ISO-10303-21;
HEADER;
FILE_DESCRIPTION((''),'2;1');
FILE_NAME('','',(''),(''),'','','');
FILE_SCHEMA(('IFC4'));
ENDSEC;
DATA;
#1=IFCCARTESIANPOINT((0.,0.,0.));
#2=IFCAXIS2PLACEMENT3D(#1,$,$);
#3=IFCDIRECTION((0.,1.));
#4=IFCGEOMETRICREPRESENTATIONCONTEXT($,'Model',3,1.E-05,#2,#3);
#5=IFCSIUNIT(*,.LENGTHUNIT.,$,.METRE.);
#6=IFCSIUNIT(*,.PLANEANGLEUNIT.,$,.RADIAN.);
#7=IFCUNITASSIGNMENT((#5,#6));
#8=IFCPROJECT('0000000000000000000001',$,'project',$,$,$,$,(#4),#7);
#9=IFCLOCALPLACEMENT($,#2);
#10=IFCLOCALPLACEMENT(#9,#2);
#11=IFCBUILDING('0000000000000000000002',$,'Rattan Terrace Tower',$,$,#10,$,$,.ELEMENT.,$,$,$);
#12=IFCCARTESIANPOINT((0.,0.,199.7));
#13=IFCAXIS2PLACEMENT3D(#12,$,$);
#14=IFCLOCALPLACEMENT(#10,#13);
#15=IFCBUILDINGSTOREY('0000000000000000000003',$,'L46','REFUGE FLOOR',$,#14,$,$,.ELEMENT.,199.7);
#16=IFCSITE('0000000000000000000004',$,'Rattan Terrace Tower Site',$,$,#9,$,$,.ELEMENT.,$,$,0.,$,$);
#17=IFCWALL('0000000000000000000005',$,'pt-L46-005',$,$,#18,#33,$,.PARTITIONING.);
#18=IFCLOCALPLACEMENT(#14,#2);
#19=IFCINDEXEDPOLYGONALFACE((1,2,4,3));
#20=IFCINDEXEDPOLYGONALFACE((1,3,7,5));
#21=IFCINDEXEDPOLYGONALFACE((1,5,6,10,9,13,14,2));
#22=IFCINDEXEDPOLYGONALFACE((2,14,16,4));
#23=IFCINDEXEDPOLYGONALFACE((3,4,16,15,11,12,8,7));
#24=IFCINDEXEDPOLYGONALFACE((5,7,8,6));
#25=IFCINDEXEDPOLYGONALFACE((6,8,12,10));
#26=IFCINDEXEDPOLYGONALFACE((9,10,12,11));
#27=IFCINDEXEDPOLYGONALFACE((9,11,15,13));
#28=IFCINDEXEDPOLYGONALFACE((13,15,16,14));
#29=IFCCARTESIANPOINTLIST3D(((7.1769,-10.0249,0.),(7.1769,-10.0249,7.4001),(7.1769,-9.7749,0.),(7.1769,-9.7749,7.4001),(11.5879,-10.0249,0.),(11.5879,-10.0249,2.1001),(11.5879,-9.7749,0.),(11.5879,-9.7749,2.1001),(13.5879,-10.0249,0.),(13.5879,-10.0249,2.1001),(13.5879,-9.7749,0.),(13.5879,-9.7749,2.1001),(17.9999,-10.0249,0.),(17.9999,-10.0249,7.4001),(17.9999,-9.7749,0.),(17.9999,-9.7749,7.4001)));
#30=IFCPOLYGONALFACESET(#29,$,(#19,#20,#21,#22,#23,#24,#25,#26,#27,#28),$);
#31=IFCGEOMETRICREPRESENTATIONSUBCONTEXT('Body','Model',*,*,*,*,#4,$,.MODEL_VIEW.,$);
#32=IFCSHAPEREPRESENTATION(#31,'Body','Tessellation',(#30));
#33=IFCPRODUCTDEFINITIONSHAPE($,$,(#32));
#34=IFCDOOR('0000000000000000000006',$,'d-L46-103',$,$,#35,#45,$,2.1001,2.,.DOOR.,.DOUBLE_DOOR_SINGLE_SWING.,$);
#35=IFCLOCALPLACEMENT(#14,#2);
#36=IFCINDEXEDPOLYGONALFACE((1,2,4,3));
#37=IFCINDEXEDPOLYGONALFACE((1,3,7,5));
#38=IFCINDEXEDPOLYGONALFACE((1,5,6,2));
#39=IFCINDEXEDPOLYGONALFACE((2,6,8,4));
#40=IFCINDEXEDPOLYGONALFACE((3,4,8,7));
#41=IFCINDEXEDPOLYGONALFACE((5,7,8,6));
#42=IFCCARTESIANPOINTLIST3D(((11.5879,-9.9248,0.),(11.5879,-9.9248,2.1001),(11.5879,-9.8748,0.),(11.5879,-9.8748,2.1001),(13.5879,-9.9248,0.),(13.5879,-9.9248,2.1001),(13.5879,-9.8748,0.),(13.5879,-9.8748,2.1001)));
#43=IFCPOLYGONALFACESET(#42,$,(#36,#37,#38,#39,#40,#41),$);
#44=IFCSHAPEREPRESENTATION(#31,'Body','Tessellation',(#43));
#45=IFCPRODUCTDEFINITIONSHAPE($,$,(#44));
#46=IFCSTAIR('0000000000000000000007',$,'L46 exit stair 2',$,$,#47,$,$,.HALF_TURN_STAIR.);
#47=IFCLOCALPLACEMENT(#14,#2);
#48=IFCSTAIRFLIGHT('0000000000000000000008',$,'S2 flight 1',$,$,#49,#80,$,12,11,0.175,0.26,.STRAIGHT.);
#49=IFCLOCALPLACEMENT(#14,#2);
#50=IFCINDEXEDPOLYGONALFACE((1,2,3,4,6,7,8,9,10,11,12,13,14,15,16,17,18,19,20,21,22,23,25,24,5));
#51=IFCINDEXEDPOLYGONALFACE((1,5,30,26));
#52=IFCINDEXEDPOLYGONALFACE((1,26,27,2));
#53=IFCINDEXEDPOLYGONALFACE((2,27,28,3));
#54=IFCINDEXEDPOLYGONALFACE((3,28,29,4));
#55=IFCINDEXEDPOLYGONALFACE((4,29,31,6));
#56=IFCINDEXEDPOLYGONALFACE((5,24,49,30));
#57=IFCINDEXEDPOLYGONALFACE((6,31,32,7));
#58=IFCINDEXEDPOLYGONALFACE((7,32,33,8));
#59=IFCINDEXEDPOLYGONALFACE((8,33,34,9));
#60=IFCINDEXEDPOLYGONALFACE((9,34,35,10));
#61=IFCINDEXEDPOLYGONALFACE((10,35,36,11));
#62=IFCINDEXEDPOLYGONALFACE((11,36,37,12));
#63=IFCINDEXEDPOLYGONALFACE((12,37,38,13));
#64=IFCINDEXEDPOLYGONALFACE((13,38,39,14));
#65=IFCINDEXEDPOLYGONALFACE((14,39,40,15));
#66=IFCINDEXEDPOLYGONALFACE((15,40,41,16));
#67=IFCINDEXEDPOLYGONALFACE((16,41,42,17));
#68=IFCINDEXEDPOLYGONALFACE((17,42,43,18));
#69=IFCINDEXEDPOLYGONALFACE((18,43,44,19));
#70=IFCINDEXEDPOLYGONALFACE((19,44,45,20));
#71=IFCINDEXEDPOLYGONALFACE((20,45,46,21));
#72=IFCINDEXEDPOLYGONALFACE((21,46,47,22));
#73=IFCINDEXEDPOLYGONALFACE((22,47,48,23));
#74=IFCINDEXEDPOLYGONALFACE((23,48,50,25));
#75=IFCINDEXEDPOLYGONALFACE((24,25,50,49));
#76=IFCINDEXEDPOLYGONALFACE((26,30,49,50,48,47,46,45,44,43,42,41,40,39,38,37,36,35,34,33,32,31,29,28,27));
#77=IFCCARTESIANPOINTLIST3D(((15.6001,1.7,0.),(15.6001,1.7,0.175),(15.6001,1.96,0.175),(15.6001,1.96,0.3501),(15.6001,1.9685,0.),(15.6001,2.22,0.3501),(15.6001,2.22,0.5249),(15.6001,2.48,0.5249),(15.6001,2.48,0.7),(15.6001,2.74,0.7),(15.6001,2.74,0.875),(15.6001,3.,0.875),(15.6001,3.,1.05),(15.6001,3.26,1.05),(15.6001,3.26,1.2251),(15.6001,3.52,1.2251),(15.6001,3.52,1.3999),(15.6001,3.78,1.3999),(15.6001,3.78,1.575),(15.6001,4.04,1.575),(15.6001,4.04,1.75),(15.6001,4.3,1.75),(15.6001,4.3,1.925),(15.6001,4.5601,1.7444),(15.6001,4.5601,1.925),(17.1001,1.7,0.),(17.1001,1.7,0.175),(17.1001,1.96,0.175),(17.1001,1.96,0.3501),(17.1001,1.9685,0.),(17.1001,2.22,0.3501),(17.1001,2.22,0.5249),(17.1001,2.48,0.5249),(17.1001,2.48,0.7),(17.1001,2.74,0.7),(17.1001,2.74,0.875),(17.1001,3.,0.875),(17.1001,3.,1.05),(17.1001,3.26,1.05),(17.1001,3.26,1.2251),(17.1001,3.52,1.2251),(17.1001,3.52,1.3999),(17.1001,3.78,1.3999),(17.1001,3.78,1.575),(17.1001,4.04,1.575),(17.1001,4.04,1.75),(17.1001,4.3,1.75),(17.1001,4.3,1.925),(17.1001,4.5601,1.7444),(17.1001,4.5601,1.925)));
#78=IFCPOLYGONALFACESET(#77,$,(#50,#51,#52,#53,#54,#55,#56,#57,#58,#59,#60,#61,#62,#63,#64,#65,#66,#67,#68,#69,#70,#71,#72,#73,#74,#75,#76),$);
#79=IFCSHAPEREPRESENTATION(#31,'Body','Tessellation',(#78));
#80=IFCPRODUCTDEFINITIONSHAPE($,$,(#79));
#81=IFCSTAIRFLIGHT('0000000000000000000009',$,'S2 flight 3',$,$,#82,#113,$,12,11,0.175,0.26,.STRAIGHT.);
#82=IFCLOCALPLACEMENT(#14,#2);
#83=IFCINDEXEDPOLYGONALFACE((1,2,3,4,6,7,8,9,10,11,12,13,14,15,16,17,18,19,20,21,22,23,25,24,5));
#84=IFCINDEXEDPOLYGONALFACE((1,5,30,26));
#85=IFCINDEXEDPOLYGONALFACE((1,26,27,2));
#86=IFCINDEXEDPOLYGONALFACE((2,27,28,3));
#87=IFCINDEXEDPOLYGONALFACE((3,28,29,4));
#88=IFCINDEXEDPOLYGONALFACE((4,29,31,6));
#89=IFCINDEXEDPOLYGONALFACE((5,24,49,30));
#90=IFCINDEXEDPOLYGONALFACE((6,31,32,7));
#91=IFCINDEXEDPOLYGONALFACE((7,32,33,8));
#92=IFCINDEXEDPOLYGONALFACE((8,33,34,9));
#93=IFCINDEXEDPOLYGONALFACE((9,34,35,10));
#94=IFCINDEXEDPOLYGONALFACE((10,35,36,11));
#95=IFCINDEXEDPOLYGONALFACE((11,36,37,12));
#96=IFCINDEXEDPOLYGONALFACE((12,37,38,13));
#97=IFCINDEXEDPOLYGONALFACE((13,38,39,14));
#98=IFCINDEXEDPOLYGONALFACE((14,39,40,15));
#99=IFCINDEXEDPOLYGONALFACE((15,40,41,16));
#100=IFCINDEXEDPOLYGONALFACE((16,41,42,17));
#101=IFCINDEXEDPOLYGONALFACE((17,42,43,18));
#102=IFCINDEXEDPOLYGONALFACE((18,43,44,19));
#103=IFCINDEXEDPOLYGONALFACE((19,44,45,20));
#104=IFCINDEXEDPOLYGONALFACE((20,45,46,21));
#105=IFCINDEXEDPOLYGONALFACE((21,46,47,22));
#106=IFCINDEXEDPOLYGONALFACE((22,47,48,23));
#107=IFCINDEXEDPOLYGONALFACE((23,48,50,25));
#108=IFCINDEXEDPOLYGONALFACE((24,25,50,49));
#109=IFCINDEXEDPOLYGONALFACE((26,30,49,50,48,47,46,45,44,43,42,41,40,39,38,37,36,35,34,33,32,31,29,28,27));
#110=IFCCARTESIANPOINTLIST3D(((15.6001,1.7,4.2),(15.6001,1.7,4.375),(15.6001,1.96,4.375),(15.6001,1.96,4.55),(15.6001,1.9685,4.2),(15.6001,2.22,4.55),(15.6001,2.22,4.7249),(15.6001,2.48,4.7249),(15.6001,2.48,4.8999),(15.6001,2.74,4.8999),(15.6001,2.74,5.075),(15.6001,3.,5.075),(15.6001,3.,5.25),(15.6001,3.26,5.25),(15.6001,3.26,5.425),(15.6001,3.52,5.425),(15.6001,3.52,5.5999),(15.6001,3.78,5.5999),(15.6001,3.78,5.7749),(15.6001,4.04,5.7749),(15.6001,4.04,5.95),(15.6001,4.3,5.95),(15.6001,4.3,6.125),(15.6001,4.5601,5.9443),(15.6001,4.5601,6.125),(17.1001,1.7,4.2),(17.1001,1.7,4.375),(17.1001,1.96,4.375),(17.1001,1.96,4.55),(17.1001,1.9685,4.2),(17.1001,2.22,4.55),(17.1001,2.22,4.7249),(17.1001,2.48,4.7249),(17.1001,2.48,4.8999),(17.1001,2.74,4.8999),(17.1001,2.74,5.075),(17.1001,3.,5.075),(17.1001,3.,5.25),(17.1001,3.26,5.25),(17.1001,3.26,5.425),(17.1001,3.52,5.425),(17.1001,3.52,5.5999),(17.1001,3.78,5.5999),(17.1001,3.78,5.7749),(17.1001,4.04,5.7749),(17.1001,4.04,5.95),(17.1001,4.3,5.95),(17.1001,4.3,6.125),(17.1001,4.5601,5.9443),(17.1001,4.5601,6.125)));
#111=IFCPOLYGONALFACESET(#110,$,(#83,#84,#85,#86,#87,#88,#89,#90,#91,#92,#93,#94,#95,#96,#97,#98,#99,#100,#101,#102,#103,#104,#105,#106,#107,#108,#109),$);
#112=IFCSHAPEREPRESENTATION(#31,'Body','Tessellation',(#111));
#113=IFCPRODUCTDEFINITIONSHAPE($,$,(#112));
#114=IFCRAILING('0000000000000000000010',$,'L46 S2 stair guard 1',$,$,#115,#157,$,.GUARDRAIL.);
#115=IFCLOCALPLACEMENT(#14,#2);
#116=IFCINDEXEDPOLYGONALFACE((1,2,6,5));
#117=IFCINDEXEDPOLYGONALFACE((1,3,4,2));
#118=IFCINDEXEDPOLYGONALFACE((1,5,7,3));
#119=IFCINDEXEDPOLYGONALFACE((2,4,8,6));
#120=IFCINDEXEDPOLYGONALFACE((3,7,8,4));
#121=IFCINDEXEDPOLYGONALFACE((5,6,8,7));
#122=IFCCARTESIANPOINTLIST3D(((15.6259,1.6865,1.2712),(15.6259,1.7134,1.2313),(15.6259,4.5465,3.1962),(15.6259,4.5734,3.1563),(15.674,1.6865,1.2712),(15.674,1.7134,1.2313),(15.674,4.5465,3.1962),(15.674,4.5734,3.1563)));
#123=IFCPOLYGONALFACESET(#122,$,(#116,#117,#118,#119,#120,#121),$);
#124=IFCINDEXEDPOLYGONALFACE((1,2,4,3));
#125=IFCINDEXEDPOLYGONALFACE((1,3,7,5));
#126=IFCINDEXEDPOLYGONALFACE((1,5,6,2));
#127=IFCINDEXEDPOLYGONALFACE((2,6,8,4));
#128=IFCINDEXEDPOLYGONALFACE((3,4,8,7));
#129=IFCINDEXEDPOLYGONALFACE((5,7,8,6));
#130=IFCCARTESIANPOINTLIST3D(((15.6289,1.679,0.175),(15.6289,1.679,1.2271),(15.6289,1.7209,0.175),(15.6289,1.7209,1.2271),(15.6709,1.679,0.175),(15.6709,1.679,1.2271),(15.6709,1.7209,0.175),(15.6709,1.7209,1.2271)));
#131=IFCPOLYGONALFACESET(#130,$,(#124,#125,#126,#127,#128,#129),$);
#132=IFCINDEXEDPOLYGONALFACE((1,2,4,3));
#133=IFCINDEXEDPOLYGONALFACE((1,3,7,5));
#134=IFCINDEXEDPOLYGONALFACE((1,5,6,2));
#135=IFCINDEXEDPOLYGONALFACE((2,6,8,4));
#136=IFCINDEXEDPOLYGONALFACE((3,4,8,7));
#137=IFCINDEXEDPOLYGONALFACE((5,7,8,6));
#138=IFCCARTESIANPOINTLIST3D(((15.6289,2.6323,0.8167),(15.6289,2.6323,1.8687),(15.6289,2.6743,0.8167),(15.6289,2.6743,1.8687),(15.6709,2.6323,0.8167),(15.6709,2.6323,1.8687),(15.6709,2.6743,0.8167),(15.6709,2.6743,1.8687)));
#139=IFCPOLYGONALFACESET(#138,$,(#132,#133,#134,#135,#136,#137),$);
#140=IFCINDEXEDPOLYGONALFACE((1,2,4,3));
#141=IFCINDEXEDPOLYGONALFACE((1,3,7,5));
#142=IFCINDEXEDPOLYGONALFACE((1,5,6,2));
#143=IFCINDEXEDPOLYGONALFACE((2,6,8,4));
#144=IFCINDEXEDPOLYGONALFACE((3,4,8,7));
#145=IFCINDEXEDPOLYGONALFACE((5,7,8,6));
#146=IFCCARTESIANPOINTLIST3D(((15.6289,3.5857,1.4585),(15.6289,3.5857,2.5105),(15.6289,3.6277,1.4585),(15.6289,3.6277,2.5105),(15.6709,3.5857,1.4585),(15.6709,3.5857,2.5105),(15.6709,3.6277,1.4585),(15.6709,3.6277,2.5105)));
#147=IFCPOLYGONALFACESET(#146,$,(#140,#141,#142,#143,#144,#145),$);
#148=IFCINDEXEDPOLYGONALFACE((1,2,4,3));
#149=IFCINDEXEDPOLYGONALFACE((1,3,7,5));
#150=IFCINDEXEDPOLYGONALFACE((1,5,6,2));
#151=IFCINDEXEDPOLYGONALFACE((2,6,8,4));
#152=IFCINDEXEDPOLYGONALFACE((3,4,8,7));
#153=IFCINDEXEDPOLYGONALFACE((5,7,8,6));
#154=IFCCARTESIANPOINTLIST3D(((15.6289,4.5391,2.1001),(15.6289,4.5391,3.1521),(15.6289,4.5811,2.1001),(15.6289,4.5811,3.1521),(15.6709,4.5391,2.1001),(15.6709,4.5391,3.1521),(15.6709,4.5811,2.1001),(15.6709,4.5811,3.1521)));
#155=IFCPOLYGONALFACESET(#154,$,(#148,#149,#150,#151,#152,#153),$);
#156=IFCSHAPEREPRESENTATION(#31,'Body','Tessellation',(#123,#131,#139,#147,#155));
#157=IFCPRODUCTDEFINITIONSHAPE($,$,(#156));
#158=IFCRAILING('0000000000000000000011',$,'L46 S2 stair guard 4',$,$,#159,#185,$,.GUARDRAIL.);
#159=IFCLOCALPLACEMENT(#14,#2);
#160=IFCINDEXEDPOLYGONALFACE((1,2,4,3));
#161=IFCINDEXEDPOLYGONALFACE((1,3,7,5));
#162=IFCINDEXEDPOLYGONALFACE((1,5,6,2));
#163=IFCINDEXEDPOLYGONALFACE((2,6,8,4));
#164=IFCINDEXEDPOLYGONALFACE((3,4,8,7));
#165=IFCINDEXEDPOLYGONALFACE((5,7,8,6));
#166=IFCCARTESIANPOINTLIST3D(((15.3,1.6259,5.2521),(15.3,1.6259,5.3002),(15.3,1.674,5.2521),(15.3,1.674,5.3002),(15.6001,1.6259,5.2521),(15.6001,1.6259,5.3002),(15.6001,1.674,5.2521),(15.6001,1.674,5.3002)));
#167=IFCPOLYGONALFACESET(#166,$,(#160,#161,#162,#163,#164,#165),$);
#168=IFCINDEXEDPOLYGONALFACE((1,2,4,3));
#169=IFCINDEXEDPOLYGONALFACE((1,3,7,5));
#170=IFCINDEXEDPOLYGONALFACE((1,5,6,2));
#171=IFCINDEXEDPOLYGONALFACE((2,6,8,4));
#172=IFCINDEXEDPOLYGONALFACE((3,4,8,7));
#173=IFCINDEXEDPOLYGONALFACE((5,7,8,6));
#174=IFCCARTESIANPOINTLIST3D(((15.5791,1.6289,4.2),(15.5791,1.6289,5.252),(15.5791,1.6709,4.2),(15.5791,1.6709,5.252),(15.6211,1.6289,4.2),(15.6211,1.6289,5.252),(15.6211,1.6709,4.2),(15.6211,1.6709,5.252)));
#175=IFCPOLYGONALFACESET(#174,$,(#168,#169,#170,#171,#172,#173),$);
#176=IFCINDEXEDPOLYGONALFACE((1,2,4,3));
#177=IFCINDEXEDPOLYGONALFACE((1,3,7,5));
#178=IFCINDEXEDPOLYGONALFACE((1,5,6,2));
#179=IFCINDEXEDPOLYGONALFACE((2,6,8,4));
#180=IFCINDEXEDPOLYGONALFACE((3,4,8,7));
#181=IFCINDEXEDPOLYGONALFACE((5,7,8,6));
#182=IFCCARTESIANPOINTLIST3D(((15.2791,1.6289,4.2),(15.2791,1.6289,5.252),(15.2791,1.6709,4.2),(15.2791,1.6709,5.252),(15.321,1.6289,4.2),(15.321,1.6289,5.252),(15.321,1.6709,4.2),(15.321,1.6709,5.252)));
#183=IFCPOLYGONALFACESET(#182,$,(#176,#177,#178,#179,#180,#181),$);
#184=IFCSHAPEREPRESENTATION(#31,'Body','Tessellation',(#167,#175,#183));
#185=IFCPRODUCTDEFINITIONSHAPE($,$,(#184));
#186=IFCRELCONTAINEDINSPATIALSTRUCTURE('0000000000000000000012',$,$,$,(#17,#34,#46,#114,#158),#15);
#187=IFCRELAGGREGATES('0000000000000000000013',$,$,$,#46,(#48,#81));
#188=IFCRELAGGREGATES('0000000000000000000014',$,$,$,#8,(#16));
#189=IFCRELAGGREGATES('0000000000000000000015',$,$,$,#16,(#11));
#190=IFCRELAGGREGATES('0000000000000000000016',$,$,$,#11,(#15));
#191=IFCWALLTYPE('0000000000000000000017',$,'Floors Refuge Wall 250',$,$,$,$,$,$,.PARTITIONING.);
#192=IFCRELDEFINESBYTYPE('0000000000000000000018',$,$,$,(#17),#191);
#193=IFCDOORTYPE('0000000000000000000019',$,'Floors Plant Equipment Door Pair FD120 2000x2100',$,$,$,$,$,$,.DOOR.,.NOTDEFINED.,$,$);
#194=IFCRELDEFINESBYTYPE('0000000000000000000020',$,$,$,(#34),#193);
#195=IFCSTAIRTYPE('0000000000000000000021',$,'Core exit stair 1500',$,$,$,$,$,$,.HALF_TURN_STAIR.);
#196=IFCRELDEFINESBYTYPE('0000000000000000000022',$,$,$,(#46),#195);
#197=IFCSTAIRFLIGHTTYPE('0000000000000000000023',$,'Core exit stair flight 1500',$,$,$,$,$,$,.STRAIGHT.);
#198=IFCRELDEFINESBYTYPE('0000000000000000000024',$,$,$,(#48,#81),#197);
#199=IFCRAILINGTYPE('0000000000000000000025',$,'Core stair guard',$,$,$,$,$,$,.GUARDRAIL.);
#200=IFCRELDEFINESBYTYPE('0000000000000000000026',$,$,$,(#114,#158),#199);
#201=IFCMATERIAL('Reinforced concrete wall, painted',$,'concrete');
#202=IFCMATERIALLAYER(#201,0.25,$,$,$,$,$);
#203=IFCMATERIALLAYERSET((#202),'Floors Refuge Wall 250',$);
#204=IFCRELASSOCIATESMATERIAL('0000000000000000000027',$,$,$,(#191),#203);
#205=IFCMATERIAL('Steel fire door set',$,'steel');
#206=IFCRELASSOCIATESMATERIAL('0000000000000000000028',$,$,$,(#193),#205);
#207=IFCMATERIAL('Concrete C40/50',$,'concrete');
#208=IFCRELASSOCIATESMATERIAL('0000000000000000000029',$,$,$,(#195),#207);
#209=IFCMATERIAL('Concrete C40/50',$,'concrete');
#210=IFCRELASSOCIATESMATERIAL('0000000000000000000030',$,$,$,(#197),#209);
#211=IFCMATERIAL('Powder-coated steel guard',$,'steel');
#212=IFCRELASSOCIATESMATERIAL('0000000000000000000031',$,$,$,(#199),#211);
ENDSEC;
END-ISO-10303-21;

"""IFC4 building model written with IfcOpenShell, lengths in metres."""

from ifc_helpers import new_model, si_unit, direction, frame, frame_2d, origin, origin_2d, place, context, subcontext, project, spatial, polyline, rectangle, outline, extrude, material, layer, layer_set, type_object, element, fill, aggregate, save


model = new_model("IFC4")

# Units and contexts
model_context = context("Model", 3, precision=1e-05, world=origin(), true_north=direction((0.0, 1.0)))
body_context = subcontext(model_context, "Body", "Model", "MODEL_VIEW")
ifc_project = project(units=[si_unit("LENGTHUNIT", "METRE"), si_unit("PLANEANGLEUNIT", "RADIAN")], contexts=[model_context])

# Site, building, storey
site_placement = place(None, origin())
site = spatial("IfcSite", under=ifc_project, at=site_placement, Name="Rattan Terrace Tower Site", CompositionType="ELEMENT", RefElevation=0.0)
building_placement = place(site_placement, origin())
building = spatial("IfcBuilding", under=site, at=building_placement, Name="Rattan Terrace Tower", CompositionType="ELEMENT")
storey_placement = place(building_placement, frame((0.0, 0.0, 199.7)))
storey = spatial("IfcBuildingStorey", under=building, at=storey_placement, Name="L46", Description="REFUGE FLOOR", CompositionType="ELEMENT", Elevation=199.7)

# Wall, opening, door
ifc_material_1 = material(Name="Reinforced concrete wall, painted", Category="concrete")
ifc_layer_1 = layer(ifc_material_1, 0.25)
ifc_layer_set_1 = layer_set([ifc_layer_1], Name="Floors Refuge Wall 250")
wall_type_1 = type_object("IfcWallType", Name="Floors Refuge Wall 250", PredefinedType="PARTITIONING", material=ifc_layer_set_1)
wall_1_placement = place(storey_placement, frame((18.0, -9.8999, 0.0), z_axis=(0.0, 0.0, 1.0), x_axis=(-1.0, 0.0, 0.0)))
wall_1 = element("IfcWall", 1, at=wall_1_placement, inside=storey, type_object=wall_type_1, Name="pt-L46-005", PredefinedType="PARTITIONING", context=body_context, shape_type="SweptSolid", body=[
    extrude(rectangle(XDim=10.823, YDim=0.25, at=frame_2d((5.4116, 0.0))), origin(), (0.0, 0.0, 1.0), 7.4001),
])
opening_1_placement = place(wall_1_placement, frame((4.4121, 0.0, 0.0)))
opening_1 = element("IfcOpeningElement", 2, at=opening_1_placement, cuts=wall_1, PredefinedType="OPENING", context=body_context, shape_type="SweptSolid", body=[
    extrude(rectangle(XDim=2.0, YDim=2.1001, at=frame_2d((1.0, 1.05))), frame((0.0, 0.1355, 0.0), z_axis=(0.0, -1.0, 0.0), x_axis=(1.0, 0.0, 0.0)), (0.0, 0.0, 1.0), 0.271),
])
ifc_material_2 = material(Name="Steel fire door set", Category="steel")
door_type_1 = type_object("IfcDoorType", Name="Floors Plant Equipment Door Pair FD120 2000x2100", OperationType="NOTDEFINED", PredefinedType="DOOR", material=ifc_material_2)
door_1_placement = place(opening_1_placement, origin())
door_1 = element("IfcDoor", 3, at=door_1_placement, inside=storey, type_object=door_type_1, Name="d-L46-103", OperationType="DOUBLE_DOOR_SINGLE_SWING", OverallHeight=2.1001, OverallWidth=2.0, PredefinedType="DOOR", context=body_context, shape_type="SweptSolid", body=[
    extrude(rectangle(XDim=2.0, YDim=2.1001, at=frame_2d((1.0, 1.05))), frame((0.0, 0.0249, 0.0), z_axis=(0.0, -1.0, 0.0), x_axis=(1.0, 0.0, 0.0)), (0.0, 0.0, 1.0), 0.05),
])
fill(opening_1, door_1)

# Stair, stair flights
ifc_material_3 = material(Name="Concrete C40/50", Category="concrete")
stair_type = type_object("IfcStairType", Name="Core exit stair 1500", PredefinedType="HALF_TURN_STAIR", material=ifc_material_3)
stair_placement = place(storey_placement, origin())
stair = element("IfcStair", 4, at=stair_placement, inside=storey, type_object=stair_type, Name="L46 exit stair 2", PredefinedType="HALF_TURN_STAIR")
ifc_material_4 = material(Name="Concrete C40/50", Category="concrete")
stair_flight_type = type_object("IfcStairFlightType", Name="Core exit stair flight 1500", PredefinedType="STRAIGHT", material=ifc_material_4)
stair_flight_1_placement = place(storey_placement, frame((16.3501, 1.7, 0.0), z_axis=(0.0, 0.0, 1.0), x_axis=(0.0, 1.0, 0.0)))
stair_flight_1 = element("IfcStairFlight", 5, at=stair_flight_1_placement, type_object=stair_flight_type, Name="S2 flight 1", NumberOfRisers=12, NumberOfTreads=11, PredefinedType="STRAIGHT", RiserHeight=0.175, TreadLength=0.26, context=body_context, shape_type="SweptSolid", body=[
    extrude(outline(polyline([(0.0, 0.0), (0.0, 0.175), (0.26, 0.175), (0.26, 0.3501), (0.52, 0.3501), (0.52, 0.5249), (0.78, 0.5249), (0.78, 0.7), (1.04, 0.7), (1.04, 0.875), (1.3, 0.875), (1.3, 1.05), (1.5601, 1.05), (1.5601, 1.2251), (1.8201, 1.2251), (1.8201, 1.3999), (2.0801, 1.3999), (2.0801, 1.575), (2.3401, 1.575), (2.3401, 1.75), (2.6001, 1.75), (2.6001, 1.925), (2.8601, 1.925), (2.8601, 2.1001), (2.8601, 1.7444), (0.2686, 0.0), (0.0, 0.0)])), frame((0.0, 0.75, 0.0), z_axis=(0.0, -1.0, 0.0), x_axis=(1.0, 0.0, 0.0)), (0.0, 0.0, 1.0), 1.5),
])
stair_flight_2_placement = place(storey_placement, frame((16.3501, 1.7, 4.2), z_axis=(0.0, 0.0, 1.0), x_axis=(0.0, 1.0, 0.0)))
stair_flight_2 = element("IfcStairFlight", 6, at=stair_flight_2_placement, type_object=stair_flight_type, Name="S2 flight 3", NumberOfRisers=12, NumberOfTreads=11, PredefinedType="STRAIGHT", RiserHeight=0.175, TreadLength=0.26, context=body_context, shape_type="SweptSolid", body=[
    extrude(outline(polyline([(0.0, 0.0), (0.0, 0.175), (0.26, 0.175), (0.26, 0.3501), (0.52, 0.3501), (0.52, 0.5249), (0.78, 0.5249), (0.78, 0.7), (1.04, 0.7), (1.04, 0.875), (1.3, 0.875), (1.3, 1.05), (1.5601, 1.05), (1.5601, 1.2251), (1.8201, 1.2251), (1.8201, 1.3999), (2.0801, 1.3999), (2.0801, 1.575), (2.3401, 1.575), (2.3401, 1.75), (2.6001, 1.75), (2.6001, 1.925), (2.8601, 1.925), (2.8601, 2.1001), (2.8601, 1.7444), (0.2686, 0.0), (0.0, 0.0)])), frame((0.0, 0.75, 0.0), z_axis=(0.0, -1.0, 0.0), x_axis=(1.0, 0.0, 0.0)), (0.0, 0.0, 1.0), 1.5),
])
aggregate(stair, [stair_flight_1, stair_flight_2])

# Railings
ifc_material_5 = material(Name="Powder-coated steel guard", Category="steel")
railing_type_1 = type_object("IfcRailingType", Name="Core stair guard", PredefinedType="GUARDRAIL", material=ifc_material_5)
railing_1_placement = place(storey_placement, frame((15.6499, 1.7, 0.175)))
element("IfcRailing", 7, at=railing_1_placement, inside=storey, type_object=railing_type_1, Name="L46 S2 stair guard 1", PredefinedType="GUARDRAIL", context=body_context, shape_type="SweptSolid", body=[
    extrude(rectangle(XDim=0.0481, YDim=0.0481, at=origin_2d()), frame((0.0, 0.0, 1.0762), z_axis=(0.0, 0.829591, 0.558372), x_axis=(-1.0, 0.0, 0.0)), (0.0, 0.0, 1.0), 3.4475),
    extrude(rectangle(XDim=0.042, YDim=0.042, at=origin_2d()), origin(), (0.0, 0.0, 1.0), 1.052),
    extrude(rectangle(XDim=0.042, YDim=0.042, at=origin_2d()), frame((0.0, 0.9534, 0.6416)), (0.0, 0.0, 1.0), 1.052),
    extrude(rectangle(XDim=0.042, YDim=0.042, at=origin_2d()), frame((0.0, 1.9067, 1.2834)), (0.0, 0.0, 1.0), 1.052),
    extrude(rectangle(XDim=0.042, YDim=0.042, at=origin_2d()), frame((0.0, 2.8601, 1.925)), (0.0, 0.0, 1.0), 1.052),
])
railing_2_placement = place(storey_placement, frame((15.6001, 1.6499, 4.2)))
element("IfcRailing", 8, at=railing_2_placement, inside=storey, type_object=railing_type_1, Name="L46 S2 stair guard 4", PredefinedType="GUARDRAIL", context=body_context, shape_type="SweptSolid", body=[
    extrude(rectangle(XDim=0.0481, YDim=0.0481, at=origin_2d()), frame((0.0, 0.0, 1.0762), z_axis=(-1.0, 0.0, 0.0), x_axis=(0.0, -1.0, 0.0)), (0.0, 0.0, 1.0), 0.3),
    extrude(rectangle(XDim=0.042, YDim=0.042, at=origin_2d()), origin(), (0.0, 0.0, 1.0), 1.052),
    extrude(rectangle(XDim=0.042, YDim=0.042, at=origin_2d()), frame((-0.3, 0.0, 0.0)), (0.0, 0.0, 1.0), 1.052),
])

save(model, "model.ifc")
